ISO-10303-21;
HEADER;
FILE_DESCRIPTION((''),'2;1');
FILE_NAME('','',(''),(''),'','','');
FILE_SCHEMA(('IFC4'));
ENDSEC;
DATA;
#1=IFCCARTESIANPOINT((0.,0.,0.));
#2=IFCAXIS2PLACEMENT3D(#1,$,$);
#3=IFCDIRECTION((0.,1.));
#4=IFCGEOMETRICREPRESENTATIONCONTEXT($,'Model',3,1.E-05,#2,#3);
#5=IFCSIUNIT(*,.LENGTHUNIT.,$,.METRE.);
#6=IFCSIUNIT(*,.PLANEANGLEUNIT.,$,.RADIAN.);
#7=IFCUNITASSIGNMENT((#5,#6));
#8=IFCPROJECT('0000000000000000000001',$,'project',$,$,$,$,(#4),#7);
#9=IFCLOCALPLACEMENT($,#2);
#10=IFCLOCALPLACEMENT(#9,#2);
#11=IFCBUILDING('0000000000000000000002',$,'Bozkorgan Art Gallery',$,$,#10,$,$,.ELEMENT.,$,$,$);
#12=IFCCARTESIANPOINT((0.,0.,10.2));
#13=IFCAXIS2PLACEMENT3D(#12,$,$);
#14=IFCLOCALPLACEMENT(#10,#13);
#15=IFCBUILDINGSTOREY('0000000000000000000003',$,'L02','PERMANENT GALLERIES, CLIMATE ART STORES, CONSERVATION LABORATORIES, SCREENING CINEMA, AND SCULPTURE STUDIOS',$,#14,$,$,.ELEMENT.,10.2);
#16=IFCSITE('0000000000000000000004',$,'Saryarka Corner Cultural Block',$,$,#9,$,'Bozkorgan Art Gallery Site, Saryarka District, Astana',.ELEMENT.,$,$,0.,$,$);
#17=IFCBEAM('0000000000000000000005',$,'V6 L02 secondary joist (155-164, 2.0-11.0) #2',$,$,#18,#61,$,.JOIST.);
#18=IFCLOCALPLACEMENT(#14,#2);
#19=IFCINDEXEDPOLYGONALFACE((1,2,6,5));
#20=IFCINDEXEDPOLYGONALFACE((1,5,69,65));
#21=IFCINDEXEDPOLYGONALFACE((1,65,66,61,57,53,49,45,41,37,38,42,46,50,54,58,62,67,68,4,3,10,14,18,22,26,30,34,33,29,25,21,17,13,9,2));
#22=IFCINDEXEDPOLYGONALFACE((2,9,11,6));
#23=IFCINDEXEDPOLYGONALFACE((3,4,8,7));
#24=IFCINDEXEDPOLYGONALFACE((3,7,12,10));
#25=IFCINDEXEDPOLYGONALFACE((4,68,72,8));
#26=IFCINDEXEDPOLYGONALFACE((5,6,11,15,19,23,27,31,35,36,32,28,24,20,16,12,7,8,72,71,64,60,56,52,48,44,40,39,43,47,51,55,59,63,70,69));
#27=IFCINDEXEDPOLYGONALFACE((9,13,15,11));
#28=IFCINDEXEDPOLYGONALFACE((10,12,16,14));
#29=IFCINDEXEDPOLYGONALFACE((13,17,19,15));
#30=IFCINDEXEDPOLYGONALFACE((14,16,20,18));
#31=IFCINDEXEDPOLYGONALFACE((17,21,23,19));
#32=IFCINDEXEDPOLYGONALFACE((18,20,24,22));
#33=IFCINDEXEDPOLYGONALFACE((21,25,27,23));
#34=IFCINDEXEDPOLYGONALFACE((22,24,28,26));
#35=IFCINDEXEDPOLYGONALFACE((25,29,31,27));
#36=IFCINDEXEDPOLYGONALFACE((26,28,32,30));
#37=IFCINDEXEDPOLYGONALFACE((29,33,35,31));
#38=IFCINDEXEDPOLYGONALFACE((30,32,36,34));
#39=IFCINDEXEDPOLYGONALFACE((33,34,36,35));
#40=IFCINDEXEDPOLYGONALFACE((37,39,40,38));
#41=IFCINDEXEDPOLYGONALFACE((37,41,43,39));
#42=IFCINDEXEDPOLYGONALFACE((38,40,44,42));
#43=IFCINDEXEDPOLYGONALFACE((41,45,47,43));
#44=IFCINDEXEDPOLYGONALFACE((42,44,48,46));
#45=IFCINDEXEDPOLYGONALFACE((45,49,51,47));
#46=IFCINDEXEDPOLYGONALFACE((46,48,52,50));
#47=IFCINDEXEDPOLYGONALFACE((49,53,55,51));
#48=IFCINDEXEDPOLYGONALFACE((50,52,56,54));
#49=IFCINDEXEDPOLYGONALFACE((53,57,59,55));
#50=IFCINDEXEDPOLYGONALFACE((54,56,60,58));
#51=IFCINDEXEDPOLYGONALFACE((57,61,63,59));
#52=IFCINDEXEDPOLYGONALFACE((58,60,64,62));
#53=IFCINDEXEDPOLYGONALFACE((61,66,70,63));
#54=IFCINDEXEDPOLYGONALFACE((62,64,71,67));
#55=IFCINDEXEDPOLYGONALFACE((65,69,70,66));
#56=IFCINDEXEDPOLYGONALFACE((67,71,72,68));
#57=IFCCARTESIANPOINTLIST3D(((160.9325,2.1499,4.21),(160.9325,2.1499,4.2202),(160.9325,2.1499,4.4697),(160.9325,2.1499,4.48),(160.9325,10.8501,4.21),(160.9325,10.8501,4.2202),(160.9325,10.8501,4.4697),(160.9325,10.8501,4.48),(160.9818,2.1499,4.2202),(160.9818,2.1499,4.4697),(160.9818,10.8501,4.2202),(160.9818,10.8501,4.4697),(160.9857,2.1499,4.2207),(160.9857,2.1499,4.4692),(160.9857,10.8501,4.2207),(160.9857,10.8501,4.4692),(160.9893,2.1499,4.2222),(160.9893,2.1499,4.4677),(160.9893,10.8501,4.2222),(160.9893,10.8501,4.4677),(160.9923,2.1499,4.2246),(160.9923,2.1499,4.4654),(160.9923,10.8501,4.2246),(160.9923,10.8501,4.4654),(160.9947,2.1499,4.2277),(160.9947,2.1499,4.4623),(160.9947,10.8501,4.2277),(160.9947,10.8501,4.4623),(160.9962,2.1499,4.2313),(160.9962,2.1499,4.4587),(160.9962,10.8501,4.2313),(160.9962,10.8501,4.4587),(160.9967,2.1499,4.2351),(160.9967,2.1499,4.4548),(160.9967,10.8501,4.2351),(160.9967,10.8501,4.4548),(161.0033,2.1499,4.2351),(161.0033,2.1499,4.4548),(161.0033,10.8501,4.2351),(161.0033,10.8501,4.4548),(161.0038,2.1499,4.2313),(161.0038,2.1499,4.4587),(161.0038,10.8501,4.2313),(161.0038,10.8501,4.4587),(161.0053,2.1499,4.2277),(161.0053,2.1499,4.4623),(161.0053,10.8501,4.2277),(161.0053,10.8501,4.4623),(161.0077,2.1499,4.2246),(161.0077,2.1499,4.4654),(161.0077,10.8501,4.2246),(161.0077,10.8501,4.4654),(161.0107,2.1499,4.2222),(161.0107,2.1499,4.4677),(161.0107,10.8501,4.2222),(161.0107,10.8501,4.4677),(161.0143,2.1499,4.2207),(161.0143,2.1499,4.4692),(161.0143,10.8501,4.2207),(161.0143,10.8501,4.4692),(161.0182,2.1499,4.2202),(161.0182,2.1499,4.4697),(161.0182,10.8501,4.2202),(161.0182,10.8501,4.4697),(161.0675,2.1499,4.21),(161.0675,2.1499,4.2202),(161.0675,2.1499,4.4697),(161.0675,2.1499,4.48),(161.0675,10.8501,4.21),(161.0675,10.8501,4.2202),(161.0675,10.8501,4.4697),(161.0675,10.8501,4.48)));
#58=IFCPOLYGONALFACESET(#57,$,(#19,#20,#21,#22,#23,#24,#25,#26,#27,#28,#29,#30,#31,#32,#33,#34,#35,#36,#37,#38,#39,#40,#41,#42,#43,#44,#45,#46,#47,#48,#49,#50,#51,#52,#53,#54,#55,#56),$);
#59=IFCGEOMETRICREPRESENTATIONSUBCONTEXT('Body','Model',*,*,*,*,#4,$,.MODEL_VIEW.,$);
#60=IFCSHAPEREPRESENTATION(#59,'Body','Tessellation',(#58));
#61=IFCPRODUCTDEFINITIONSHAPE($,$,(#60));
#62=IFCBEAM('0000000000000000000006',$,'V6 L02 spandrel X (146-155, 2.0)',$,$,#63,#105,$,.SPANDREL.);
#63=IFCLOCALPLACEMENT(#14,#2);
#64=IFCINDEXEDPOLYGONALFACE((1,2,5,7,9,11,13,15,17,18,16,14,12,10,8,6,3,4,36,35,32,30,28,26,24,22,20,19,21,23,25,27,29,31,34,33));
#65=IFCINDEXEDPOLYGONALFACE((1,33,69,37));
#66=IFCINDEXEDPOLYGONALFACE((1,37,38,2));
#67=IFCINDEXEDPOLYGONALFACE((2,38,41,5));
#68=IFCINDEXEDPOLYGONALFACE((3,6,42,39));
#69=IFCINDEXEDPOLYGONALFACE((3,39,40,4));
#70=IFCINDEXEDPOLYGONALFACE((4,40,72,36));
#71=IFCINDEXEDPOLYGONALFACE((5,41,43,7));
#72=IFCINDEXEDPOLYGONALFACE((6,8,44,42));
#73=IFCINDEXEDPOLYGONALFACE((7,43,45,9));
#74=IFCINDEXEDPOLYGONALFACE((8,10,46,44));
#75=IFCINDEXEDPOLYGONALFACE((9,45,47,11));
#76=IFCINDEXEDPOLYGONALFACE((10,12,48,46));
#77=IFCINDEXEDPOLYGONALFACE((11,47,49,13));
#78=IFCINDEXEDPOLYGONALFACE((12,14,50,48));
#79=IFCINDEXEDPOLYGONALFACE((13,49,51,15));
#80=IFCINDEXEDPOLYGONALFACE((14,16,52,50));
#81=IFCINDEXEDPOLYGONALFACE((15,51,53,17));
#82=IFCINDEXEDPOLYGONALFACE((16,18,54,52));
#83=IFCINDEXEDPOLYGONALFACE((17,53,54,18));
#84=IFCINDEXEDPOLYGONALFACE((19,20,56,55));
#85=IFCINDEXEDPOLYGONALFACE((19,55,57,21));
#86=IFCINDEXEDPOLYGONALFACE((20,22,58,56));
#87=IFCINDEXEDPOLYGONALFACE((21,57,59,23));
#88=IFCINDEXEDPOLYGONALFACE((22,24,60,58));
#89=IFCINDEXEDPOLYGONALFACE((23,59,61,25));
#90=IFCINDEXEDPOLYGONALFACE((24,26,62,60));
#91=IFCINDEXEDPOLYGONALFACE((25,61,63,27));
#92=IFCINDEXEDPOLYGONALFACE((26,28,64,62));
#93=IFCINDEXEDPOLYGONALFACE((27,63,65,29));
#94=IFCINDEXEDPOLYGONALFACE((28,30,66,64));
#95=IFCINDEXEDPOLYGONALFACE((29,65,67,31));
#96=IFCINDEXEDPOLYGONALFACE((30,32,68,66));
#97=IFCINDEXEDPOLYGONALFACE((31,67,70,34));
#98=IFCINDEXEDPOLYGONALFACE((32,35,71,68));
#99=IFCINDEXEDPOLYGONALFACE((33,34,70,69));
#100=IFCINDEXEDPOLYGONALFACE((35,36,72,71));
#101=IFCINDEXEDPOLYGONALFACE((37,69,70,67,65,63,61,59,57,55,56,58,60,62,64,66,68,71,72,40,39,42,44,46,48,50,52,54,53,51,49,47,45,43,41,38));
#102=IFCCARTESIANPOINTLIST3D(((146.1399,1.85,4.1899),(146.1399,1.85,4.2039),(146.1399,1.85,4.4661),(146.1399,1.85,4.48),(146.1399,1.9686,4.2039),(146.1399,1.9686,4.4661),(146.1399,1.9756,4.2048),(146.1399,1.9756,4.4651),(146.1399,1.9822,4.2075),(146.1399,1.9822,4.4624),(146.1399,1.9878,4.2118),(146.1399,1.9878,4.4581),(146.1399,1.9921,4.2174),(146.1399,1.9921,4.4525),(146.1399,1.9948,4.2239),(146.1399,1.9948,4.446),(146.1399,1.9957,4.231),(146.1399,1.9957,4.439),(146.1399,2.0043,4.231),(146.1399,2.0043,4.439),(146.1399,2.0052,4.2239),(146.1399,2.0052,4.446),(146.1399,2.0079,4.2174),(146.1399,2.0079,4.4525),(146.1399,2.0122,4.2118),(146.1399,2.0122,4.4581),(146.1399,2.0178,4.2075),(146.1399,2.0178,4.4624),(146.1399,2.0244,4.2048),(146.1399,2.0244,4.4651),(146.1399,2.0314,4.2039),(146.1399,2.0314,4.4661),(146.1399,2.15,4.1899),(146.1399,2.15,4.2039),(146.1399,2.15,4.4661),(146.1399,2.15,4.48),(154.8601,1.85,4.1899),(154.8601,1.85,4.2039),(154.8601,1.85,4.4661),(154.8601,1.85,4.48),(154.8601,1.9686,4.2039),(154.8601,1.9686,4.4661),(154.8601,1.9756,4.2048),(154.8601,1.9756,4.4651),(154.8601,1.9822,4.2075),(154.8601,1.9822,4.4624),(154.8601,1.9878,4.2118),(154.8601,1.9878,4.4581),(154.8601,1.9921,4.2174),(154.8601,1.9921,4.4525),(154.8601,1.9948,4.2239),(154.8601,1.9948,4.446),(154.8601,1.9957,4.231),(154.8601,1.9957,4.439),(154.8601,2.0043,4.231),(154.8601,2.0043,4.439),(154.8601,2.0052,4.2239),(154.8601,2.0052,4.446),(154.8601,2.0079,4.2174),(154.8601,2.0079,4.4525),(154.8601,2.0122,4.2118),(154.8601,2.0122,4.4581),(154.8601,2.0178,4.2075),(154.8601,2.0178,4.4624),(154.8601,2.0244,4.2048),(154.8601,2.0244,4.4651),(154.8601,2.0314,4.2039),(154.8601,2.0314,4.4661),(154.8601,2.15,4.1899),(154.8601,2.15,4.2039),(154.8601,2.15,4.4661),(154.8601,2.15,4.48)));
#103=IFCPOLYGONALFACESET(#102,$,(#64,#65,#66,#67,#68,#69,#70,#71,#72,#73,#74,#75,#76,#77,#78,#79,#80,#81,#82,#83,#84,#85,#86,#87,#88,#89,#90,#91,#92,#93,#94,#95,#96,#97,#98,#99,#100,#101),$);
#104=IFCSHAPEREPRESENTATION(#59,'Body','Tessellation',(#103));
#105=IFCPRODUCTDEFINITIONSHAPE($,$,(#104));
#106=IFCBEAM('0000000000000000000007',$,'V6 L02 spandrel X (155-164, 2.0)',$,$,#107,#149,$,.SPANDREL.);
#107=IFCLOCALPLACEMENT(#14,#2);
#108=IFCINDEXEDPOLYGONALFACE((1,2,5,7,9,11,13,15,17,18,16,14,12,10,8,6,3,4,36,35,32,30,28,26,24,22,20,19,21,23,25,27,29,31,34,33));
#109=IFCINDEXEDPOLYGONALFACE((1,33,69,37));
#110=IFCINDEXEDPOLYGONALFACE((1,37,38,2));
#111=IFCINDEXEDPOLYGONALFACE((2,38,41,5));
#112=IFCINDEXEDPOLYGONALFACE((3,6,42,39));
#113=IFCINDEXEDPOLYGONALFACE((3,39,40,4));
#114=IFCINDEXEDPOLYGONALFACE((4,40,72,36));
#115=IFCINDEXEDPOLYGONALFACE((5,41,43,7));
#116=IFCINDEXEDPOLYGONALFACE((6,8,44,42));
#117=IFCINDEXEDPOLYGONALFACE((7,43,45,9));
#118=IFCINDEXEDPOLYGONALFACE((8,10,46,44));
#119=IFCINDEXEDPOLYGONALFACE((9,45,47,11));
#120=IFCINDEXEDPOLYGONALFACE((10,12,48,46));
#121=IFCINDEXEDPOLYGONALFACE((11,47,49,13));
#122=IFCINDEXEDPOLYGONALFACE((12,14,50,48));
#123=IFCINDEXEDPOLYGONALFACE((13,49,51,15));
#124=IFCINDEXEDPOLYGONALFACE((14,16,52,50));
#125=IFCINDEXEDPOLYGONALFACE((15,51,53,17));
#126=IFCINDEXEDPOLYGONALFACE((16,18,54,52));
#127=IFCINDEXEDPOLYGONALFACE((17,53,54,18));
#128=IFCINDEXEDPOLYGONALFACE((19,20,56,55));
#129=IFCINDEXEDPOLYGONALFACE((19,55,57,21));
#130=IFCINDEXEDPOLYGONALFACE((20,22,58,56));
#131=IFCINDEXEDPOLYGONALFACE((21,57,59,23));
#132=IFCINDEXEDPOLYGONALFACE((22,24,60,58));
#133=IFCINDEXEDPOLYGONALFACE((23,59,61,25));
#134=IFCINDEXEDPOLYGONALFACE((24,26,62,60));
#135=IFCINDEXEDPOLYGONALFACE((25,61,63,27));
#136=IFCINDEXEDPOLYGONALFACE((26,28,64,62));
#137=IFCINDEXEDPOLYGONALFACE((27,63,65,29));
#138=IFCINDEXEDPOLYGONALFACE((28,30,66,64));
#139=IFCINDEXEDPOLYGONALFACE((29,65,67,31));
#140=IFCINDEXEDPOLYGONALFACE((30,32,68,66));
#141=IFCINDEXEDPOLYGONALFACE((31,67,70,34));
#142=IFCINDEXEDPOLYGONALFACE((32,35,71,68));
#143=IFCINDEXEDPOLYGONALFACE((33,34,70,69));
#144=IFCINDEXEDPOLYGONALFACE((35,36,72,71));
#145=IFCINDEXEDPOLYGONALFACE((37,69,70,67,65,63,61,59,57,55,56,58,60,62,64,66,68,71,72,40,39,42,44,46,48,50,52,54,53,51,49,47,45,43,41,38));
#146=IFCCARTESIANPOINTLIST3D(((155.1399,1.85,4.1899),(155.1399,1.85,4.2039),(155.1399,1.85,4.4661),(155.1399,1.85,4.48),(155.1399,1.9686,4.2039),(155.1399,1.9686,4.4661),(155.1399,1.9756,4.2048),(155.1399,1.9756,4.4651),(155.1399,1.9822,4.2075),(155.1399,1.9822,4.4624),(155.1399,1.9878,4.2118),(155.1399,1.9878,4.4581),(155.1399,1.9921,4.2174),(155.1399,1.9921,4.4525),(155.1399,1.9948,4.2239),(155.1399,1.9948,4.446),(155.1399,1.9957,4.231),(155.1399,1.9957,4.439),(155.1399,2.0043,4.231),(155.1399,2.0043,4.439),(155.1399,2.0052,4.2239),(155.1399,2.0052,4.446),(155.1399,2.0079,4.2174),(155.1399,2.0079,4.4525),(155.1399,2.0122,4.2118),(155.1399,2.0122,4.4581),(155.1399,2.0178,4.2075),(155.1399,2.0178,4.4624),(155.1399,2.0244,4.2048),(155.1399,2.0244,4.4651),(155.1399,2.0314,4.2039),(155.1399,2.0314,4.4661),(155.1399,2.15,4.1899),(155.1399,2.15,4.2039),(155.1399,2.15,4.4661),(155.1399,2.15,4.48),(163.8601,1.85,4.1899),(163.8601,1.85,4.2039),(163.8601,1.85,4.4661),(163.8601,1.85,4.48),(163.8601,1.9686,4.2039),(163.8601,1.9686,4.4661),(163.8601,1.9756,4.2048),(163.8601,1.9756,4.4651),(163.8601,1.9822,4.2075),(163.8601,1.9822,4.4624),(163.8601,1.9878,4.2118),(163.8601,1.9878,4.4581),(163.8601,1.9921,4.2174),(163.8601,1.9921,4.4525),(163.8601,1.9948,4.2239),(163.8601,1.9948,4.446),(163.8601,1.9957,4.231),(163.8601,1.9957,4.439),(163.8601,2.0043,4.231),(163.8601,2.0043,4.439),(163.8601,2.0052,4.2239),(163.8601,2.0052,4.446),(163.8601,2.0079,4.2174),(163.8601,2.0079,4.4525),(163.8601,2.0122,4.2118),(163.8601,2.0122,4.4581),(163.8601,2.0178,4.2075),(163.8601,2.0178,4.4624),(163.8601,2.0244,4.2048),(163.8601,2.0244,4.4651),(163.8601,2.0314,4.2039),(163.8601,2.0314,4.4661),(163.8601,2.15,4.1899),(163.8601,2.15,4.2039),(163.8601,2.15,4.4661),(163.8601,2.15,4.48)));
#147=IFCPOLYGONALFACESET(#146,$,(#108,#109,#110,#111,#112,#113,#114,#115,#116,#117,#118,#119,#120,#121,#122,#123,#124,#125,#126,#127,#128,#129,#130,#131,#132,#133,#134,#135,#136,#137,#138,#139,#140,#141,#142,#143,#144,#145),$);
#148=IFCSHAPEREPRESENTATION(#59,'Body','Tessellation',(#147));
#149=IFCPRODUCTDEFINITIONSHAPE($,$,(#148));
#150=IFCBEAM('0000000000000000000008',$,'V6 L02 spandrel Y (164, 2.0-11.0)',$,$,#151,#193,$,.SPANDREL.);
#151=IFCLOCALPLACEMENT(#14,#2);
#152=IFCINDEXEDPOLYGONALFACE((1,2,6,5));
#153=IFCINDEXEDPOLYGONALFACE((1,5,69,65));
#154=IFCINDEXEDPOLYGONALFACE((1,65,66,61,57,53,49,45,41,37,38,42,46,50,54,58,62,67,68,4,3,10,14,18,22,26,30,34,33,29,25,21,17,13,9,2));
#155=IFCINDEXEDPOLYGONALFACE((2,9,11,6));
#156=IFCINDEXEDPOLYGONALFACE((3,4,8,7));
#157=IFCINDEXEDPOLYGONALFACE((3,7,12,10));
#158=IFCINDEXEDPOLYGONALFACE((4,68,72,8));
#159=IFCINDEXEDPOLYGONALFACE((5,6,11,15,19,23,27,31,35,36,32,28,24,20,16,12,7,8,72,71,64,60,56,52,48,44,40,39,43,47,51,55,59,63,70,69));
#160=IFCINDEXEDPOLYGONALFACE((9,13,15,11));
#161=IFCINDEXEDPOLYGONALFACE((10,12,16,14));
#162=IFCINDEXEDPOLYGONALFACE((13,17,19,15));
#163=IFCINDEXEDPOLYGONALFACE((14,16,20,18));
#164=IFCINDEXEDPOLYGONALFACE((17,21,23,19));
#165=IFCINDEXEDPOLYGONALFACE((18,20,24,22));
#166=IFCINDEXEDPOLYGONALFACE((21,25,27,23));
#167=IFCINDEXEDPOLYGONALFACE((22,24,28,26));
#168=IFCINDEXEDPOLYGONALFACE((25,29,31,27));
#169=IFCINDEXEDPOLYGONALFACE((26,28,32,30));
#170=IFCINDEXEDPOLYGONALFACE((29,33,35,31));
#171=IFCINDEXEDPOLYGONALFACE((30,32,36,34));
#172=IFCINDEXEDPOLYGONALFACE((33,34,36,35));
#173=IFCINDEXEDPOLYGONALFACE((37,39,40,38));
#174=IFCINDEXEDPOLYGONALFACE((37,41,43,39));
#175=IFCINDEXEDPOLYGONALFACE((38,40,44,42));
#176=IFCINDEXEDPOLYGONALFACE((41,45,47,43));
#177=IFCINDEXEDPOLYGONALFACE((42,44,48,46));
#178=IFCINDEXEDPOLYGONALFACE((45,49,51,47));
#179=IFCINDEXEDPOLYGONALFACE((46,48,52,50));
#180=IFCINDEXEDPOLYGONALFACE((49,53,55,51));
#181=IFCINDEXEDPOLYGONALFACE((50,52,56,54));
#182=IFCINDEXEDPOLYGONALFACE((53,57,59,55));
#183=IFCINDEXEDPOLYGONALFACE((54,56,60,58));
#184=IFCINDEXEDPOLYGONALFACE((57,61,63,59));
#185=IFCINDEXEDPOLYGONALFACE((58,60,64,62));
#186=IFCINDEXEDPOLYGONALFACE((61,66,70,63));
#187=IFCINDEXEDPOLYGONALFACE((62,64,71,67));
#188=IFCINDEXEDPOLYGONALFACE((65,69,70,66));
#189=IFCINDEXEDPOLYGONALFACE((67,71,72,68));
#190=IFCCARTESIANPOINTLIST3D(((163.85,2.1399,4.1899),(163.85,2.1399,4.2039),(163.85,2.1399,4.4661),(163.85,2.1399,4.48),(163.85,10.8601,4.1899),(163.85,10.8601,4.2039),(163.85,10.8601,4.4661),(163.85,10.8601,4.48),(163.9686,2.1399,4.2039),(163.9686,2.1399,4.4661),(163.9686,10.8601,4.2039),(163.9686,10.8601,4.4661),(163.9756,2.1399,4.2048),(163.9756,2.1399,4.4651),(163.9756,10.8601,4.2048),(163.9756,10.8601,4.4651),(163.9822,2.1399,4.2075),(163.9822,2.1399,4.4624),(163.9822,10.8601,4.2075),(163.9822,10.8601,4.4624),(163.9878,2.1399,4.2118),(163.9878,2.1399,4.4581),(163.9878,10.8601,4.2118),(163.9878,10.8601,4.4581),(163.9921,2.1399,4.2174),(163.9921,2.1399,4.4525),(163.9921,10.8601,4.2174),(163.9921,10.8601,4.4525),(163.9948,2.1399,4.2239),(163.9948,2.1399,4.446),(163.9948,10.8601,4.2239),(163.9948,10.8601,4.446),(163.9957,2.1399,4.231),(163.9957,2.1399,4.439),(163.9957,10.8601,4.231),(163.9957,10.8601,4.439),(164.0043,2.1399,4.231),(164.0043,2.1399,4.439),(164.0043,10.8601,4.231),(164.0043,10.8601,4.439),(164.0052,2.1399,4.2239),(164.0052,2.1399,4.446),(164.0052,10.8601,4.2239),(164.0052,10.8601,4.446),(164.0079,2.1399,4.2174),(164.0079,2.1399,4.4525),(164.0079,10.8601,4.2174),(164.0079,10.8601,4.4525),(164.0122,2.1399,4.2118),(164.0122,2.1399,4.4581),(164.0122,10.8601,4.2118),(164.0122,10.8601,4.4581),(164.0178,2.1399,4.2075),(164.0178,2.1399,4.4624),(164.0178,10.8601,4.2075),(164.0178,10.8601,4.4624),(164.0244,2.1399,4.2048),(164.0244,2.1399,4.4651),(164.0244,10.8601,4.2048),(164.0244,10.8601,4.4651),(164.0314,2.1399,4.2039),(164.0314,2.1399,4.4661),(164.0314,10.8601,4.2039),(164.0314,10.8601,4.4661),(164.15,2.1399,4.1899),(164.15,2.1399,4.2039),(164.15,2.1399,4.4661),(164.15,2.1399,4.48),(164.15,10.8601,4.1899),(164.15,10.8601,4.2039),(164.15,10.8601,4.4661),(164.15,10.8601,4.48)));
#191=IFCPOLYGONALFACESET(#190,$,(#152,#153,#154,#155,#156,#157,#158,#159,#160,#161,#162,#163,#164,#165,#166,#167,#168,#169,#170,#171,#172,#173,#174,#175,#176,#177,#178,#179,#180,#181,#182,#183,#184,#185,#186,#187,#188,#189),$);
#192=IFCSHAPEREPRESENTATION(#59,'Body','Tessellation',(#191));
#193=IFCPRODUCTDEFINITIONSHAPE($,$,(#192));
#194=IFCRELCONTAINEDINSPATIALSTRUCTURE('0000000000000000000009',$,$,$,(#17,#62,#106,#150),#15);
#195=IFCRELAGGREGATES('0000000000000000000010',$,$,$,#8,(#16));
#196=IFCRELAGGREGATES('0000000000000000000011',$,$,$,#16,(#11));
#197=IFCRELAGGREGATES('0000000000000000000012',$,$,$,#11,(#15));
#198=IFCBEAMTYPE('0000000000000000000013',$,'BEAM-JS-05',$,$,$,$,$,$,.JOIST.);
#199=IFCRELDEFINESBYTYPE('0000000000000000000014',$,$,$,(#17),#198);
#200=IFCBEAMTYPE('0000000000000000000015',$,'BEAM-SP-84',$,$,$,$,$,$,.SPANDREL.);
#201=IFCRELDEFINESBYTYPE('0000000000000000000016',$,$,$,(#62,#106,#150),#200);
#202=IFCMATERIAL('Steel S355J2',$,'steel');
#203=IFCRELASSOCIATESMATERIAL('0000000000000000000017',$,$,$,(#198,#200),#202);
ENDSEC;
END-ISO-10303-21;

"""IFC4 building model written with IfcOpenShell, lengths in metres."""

from ifc_helpers import new_model, si_unit, direction, frame, origin, origin_2d, place, context, subcontext, project, spatial, i_section, extrude, material, material_profile, profile_set, type_object, element, save


model = new_model("IFC4")

# Units and contexts
model_context = context("Model", 3, precision=1e-05, world=origin(), true_north=direction((0.0, 1.0)))
body_context = subcontext(model_context, "Body", "Model", "MODEL_VIEW")
ifc_project = project(units=[si_unit("LENGTHUNIT", "METRE"), si_unit("PLANEANGLEUNIT", "RADIAN")], contexts=[model_context])

# Site, building, storey
site_placement = place(None, origin())
site = spatial("IfcSite", under=ifc_project, at=site_placement, Name="Saryarka Corner Cultural Block", LongName="Bozkorgan Art Gallery Site, Saryarka District, Astana", CompositionType="ELEMENT", RefElevation=0.0)
building_placement = place(site_placement, origin())
building = spatial("IfcBuilding", under=site, at=building_placement, Name="Bozkorgan Art Gallery", CompositionType="ELEMENT")
storey_placement = place(building_placement, frame((0.0, 0.0, 10.2)))
storey = spatial("IfcBuildingStorey", under=building, at=storey_placement, Name="L02", Description="PERMANENT GALLERIES, CLIMATE ART STORES, CONSERVATION LABORATORIES, SCREENING CINEMA, AND SCULPTURE STUDIOS", CompositionType="ELEMENT", Elevation=10.2)

# Shared definitions
ifc_material_1 = material(Name="Steel S355J2", Category="steel")

# Beams
ifc_material_profile_1 = material_profile(ifc_material_1, i_section(OverallWidth=0.135, OverallDepth=0.27, WebThickness=0.0066, FlangeThickness=0.0103, FilletRadius=0.0149, at=origin_2d()), Name="IPE 270")
ifc_profile_set_1 = profile_set([ifc_material_profile_1], Name="Steel S355J2")
beam_type_1 = type_object("IfcBeamType", Name="BEAM-JS-05", PredefinedType="JOIST", material=ifc_profile_set_1)
for number, where, z_axis, x_axis, name in (
    (1, (161.0, 2.1499, 4.345), (0.0, 1.0, 0.0), (-1.0, 0.0, 0.0), "V6 L02 secondary joist (155-164, 2.0-11.0) #2"),
):
    element("IfcBeam", number, at=place(storey_placement, frame(where, z_axis=z_axis, x_axis=x_axis)), inside=storey, type_object=beam_type_1, Name=name, PredefinedType="JOIST", context=body_context, shape_type="SweptSolid", body=[
        extrude(i_section(OverallWidth=0.135, OverallDepth=0.27, WebThickness=0.0066, FlangeThickness=0.0103, FilletRadius=0.0149, at=origin_2d()), origin(), (0.0, 0.0, 1.0), 8.7002),
    ])
ifc_material_profile_2 = material_profile(ifc_material_1, i_section(OverallWidth=0.3, OverallDepth=0.29, WebThickness=0.0085, FlangeThickness=0.0139, FilletRadius=0.0271, at=origin_2d()), Name="HEA 300")
ifc_profile_set_2 = profile_set([ifc_material_profile_2], Name="Steel S355J2")
beam_type_2 = type_object("IfcBeamType", Name="BEAM-SP-84", PredefinedType="SPANDREL", material=ifc_profile_set_2)
for number, where, z_axis, x_axis, name in (
    (2, (146.1399, 2.0, 4.335), (1.0, 0.0, 0.0), (0.0, 1.0, 0.0), "V6 L02 spandrel X (146-155, 2.0)"),
    (3, (155.1399, 2.0, 4.335), (1.0, 0.0, 0.0), (0.0, 1.0, 0.0), "V6 L02 spandrel X (155-164, 2.0)"),
    (4, (164.0, 2.1399, 4.335), (0.0, 1.0, 0.0), (-1.0, 0.0, 0.0), "V6 L02 spandrel Y (164, 2.0-11.0)"),
):
    element("IfcBeam", number, at=place(storey_placement, frame(where, z_axis=z_axis, x_axis=x_axis)), inside=storey, type_object=beam_type_2, Name=name, PredefinedType="SPANDREL", context=body_context, shape_type="SweptSolid", body=[
        extrude(i_section(OverallWidth=0.3, OverallDepth=0.29, WebThickness=0.0085, FlangeThickness=0.0139, FilletRadius=0.0271, at=origin_2d()), origin(), (0.0, 0.0, 1.0), 8.7202),
    ])

save(model, "model.ifc")
